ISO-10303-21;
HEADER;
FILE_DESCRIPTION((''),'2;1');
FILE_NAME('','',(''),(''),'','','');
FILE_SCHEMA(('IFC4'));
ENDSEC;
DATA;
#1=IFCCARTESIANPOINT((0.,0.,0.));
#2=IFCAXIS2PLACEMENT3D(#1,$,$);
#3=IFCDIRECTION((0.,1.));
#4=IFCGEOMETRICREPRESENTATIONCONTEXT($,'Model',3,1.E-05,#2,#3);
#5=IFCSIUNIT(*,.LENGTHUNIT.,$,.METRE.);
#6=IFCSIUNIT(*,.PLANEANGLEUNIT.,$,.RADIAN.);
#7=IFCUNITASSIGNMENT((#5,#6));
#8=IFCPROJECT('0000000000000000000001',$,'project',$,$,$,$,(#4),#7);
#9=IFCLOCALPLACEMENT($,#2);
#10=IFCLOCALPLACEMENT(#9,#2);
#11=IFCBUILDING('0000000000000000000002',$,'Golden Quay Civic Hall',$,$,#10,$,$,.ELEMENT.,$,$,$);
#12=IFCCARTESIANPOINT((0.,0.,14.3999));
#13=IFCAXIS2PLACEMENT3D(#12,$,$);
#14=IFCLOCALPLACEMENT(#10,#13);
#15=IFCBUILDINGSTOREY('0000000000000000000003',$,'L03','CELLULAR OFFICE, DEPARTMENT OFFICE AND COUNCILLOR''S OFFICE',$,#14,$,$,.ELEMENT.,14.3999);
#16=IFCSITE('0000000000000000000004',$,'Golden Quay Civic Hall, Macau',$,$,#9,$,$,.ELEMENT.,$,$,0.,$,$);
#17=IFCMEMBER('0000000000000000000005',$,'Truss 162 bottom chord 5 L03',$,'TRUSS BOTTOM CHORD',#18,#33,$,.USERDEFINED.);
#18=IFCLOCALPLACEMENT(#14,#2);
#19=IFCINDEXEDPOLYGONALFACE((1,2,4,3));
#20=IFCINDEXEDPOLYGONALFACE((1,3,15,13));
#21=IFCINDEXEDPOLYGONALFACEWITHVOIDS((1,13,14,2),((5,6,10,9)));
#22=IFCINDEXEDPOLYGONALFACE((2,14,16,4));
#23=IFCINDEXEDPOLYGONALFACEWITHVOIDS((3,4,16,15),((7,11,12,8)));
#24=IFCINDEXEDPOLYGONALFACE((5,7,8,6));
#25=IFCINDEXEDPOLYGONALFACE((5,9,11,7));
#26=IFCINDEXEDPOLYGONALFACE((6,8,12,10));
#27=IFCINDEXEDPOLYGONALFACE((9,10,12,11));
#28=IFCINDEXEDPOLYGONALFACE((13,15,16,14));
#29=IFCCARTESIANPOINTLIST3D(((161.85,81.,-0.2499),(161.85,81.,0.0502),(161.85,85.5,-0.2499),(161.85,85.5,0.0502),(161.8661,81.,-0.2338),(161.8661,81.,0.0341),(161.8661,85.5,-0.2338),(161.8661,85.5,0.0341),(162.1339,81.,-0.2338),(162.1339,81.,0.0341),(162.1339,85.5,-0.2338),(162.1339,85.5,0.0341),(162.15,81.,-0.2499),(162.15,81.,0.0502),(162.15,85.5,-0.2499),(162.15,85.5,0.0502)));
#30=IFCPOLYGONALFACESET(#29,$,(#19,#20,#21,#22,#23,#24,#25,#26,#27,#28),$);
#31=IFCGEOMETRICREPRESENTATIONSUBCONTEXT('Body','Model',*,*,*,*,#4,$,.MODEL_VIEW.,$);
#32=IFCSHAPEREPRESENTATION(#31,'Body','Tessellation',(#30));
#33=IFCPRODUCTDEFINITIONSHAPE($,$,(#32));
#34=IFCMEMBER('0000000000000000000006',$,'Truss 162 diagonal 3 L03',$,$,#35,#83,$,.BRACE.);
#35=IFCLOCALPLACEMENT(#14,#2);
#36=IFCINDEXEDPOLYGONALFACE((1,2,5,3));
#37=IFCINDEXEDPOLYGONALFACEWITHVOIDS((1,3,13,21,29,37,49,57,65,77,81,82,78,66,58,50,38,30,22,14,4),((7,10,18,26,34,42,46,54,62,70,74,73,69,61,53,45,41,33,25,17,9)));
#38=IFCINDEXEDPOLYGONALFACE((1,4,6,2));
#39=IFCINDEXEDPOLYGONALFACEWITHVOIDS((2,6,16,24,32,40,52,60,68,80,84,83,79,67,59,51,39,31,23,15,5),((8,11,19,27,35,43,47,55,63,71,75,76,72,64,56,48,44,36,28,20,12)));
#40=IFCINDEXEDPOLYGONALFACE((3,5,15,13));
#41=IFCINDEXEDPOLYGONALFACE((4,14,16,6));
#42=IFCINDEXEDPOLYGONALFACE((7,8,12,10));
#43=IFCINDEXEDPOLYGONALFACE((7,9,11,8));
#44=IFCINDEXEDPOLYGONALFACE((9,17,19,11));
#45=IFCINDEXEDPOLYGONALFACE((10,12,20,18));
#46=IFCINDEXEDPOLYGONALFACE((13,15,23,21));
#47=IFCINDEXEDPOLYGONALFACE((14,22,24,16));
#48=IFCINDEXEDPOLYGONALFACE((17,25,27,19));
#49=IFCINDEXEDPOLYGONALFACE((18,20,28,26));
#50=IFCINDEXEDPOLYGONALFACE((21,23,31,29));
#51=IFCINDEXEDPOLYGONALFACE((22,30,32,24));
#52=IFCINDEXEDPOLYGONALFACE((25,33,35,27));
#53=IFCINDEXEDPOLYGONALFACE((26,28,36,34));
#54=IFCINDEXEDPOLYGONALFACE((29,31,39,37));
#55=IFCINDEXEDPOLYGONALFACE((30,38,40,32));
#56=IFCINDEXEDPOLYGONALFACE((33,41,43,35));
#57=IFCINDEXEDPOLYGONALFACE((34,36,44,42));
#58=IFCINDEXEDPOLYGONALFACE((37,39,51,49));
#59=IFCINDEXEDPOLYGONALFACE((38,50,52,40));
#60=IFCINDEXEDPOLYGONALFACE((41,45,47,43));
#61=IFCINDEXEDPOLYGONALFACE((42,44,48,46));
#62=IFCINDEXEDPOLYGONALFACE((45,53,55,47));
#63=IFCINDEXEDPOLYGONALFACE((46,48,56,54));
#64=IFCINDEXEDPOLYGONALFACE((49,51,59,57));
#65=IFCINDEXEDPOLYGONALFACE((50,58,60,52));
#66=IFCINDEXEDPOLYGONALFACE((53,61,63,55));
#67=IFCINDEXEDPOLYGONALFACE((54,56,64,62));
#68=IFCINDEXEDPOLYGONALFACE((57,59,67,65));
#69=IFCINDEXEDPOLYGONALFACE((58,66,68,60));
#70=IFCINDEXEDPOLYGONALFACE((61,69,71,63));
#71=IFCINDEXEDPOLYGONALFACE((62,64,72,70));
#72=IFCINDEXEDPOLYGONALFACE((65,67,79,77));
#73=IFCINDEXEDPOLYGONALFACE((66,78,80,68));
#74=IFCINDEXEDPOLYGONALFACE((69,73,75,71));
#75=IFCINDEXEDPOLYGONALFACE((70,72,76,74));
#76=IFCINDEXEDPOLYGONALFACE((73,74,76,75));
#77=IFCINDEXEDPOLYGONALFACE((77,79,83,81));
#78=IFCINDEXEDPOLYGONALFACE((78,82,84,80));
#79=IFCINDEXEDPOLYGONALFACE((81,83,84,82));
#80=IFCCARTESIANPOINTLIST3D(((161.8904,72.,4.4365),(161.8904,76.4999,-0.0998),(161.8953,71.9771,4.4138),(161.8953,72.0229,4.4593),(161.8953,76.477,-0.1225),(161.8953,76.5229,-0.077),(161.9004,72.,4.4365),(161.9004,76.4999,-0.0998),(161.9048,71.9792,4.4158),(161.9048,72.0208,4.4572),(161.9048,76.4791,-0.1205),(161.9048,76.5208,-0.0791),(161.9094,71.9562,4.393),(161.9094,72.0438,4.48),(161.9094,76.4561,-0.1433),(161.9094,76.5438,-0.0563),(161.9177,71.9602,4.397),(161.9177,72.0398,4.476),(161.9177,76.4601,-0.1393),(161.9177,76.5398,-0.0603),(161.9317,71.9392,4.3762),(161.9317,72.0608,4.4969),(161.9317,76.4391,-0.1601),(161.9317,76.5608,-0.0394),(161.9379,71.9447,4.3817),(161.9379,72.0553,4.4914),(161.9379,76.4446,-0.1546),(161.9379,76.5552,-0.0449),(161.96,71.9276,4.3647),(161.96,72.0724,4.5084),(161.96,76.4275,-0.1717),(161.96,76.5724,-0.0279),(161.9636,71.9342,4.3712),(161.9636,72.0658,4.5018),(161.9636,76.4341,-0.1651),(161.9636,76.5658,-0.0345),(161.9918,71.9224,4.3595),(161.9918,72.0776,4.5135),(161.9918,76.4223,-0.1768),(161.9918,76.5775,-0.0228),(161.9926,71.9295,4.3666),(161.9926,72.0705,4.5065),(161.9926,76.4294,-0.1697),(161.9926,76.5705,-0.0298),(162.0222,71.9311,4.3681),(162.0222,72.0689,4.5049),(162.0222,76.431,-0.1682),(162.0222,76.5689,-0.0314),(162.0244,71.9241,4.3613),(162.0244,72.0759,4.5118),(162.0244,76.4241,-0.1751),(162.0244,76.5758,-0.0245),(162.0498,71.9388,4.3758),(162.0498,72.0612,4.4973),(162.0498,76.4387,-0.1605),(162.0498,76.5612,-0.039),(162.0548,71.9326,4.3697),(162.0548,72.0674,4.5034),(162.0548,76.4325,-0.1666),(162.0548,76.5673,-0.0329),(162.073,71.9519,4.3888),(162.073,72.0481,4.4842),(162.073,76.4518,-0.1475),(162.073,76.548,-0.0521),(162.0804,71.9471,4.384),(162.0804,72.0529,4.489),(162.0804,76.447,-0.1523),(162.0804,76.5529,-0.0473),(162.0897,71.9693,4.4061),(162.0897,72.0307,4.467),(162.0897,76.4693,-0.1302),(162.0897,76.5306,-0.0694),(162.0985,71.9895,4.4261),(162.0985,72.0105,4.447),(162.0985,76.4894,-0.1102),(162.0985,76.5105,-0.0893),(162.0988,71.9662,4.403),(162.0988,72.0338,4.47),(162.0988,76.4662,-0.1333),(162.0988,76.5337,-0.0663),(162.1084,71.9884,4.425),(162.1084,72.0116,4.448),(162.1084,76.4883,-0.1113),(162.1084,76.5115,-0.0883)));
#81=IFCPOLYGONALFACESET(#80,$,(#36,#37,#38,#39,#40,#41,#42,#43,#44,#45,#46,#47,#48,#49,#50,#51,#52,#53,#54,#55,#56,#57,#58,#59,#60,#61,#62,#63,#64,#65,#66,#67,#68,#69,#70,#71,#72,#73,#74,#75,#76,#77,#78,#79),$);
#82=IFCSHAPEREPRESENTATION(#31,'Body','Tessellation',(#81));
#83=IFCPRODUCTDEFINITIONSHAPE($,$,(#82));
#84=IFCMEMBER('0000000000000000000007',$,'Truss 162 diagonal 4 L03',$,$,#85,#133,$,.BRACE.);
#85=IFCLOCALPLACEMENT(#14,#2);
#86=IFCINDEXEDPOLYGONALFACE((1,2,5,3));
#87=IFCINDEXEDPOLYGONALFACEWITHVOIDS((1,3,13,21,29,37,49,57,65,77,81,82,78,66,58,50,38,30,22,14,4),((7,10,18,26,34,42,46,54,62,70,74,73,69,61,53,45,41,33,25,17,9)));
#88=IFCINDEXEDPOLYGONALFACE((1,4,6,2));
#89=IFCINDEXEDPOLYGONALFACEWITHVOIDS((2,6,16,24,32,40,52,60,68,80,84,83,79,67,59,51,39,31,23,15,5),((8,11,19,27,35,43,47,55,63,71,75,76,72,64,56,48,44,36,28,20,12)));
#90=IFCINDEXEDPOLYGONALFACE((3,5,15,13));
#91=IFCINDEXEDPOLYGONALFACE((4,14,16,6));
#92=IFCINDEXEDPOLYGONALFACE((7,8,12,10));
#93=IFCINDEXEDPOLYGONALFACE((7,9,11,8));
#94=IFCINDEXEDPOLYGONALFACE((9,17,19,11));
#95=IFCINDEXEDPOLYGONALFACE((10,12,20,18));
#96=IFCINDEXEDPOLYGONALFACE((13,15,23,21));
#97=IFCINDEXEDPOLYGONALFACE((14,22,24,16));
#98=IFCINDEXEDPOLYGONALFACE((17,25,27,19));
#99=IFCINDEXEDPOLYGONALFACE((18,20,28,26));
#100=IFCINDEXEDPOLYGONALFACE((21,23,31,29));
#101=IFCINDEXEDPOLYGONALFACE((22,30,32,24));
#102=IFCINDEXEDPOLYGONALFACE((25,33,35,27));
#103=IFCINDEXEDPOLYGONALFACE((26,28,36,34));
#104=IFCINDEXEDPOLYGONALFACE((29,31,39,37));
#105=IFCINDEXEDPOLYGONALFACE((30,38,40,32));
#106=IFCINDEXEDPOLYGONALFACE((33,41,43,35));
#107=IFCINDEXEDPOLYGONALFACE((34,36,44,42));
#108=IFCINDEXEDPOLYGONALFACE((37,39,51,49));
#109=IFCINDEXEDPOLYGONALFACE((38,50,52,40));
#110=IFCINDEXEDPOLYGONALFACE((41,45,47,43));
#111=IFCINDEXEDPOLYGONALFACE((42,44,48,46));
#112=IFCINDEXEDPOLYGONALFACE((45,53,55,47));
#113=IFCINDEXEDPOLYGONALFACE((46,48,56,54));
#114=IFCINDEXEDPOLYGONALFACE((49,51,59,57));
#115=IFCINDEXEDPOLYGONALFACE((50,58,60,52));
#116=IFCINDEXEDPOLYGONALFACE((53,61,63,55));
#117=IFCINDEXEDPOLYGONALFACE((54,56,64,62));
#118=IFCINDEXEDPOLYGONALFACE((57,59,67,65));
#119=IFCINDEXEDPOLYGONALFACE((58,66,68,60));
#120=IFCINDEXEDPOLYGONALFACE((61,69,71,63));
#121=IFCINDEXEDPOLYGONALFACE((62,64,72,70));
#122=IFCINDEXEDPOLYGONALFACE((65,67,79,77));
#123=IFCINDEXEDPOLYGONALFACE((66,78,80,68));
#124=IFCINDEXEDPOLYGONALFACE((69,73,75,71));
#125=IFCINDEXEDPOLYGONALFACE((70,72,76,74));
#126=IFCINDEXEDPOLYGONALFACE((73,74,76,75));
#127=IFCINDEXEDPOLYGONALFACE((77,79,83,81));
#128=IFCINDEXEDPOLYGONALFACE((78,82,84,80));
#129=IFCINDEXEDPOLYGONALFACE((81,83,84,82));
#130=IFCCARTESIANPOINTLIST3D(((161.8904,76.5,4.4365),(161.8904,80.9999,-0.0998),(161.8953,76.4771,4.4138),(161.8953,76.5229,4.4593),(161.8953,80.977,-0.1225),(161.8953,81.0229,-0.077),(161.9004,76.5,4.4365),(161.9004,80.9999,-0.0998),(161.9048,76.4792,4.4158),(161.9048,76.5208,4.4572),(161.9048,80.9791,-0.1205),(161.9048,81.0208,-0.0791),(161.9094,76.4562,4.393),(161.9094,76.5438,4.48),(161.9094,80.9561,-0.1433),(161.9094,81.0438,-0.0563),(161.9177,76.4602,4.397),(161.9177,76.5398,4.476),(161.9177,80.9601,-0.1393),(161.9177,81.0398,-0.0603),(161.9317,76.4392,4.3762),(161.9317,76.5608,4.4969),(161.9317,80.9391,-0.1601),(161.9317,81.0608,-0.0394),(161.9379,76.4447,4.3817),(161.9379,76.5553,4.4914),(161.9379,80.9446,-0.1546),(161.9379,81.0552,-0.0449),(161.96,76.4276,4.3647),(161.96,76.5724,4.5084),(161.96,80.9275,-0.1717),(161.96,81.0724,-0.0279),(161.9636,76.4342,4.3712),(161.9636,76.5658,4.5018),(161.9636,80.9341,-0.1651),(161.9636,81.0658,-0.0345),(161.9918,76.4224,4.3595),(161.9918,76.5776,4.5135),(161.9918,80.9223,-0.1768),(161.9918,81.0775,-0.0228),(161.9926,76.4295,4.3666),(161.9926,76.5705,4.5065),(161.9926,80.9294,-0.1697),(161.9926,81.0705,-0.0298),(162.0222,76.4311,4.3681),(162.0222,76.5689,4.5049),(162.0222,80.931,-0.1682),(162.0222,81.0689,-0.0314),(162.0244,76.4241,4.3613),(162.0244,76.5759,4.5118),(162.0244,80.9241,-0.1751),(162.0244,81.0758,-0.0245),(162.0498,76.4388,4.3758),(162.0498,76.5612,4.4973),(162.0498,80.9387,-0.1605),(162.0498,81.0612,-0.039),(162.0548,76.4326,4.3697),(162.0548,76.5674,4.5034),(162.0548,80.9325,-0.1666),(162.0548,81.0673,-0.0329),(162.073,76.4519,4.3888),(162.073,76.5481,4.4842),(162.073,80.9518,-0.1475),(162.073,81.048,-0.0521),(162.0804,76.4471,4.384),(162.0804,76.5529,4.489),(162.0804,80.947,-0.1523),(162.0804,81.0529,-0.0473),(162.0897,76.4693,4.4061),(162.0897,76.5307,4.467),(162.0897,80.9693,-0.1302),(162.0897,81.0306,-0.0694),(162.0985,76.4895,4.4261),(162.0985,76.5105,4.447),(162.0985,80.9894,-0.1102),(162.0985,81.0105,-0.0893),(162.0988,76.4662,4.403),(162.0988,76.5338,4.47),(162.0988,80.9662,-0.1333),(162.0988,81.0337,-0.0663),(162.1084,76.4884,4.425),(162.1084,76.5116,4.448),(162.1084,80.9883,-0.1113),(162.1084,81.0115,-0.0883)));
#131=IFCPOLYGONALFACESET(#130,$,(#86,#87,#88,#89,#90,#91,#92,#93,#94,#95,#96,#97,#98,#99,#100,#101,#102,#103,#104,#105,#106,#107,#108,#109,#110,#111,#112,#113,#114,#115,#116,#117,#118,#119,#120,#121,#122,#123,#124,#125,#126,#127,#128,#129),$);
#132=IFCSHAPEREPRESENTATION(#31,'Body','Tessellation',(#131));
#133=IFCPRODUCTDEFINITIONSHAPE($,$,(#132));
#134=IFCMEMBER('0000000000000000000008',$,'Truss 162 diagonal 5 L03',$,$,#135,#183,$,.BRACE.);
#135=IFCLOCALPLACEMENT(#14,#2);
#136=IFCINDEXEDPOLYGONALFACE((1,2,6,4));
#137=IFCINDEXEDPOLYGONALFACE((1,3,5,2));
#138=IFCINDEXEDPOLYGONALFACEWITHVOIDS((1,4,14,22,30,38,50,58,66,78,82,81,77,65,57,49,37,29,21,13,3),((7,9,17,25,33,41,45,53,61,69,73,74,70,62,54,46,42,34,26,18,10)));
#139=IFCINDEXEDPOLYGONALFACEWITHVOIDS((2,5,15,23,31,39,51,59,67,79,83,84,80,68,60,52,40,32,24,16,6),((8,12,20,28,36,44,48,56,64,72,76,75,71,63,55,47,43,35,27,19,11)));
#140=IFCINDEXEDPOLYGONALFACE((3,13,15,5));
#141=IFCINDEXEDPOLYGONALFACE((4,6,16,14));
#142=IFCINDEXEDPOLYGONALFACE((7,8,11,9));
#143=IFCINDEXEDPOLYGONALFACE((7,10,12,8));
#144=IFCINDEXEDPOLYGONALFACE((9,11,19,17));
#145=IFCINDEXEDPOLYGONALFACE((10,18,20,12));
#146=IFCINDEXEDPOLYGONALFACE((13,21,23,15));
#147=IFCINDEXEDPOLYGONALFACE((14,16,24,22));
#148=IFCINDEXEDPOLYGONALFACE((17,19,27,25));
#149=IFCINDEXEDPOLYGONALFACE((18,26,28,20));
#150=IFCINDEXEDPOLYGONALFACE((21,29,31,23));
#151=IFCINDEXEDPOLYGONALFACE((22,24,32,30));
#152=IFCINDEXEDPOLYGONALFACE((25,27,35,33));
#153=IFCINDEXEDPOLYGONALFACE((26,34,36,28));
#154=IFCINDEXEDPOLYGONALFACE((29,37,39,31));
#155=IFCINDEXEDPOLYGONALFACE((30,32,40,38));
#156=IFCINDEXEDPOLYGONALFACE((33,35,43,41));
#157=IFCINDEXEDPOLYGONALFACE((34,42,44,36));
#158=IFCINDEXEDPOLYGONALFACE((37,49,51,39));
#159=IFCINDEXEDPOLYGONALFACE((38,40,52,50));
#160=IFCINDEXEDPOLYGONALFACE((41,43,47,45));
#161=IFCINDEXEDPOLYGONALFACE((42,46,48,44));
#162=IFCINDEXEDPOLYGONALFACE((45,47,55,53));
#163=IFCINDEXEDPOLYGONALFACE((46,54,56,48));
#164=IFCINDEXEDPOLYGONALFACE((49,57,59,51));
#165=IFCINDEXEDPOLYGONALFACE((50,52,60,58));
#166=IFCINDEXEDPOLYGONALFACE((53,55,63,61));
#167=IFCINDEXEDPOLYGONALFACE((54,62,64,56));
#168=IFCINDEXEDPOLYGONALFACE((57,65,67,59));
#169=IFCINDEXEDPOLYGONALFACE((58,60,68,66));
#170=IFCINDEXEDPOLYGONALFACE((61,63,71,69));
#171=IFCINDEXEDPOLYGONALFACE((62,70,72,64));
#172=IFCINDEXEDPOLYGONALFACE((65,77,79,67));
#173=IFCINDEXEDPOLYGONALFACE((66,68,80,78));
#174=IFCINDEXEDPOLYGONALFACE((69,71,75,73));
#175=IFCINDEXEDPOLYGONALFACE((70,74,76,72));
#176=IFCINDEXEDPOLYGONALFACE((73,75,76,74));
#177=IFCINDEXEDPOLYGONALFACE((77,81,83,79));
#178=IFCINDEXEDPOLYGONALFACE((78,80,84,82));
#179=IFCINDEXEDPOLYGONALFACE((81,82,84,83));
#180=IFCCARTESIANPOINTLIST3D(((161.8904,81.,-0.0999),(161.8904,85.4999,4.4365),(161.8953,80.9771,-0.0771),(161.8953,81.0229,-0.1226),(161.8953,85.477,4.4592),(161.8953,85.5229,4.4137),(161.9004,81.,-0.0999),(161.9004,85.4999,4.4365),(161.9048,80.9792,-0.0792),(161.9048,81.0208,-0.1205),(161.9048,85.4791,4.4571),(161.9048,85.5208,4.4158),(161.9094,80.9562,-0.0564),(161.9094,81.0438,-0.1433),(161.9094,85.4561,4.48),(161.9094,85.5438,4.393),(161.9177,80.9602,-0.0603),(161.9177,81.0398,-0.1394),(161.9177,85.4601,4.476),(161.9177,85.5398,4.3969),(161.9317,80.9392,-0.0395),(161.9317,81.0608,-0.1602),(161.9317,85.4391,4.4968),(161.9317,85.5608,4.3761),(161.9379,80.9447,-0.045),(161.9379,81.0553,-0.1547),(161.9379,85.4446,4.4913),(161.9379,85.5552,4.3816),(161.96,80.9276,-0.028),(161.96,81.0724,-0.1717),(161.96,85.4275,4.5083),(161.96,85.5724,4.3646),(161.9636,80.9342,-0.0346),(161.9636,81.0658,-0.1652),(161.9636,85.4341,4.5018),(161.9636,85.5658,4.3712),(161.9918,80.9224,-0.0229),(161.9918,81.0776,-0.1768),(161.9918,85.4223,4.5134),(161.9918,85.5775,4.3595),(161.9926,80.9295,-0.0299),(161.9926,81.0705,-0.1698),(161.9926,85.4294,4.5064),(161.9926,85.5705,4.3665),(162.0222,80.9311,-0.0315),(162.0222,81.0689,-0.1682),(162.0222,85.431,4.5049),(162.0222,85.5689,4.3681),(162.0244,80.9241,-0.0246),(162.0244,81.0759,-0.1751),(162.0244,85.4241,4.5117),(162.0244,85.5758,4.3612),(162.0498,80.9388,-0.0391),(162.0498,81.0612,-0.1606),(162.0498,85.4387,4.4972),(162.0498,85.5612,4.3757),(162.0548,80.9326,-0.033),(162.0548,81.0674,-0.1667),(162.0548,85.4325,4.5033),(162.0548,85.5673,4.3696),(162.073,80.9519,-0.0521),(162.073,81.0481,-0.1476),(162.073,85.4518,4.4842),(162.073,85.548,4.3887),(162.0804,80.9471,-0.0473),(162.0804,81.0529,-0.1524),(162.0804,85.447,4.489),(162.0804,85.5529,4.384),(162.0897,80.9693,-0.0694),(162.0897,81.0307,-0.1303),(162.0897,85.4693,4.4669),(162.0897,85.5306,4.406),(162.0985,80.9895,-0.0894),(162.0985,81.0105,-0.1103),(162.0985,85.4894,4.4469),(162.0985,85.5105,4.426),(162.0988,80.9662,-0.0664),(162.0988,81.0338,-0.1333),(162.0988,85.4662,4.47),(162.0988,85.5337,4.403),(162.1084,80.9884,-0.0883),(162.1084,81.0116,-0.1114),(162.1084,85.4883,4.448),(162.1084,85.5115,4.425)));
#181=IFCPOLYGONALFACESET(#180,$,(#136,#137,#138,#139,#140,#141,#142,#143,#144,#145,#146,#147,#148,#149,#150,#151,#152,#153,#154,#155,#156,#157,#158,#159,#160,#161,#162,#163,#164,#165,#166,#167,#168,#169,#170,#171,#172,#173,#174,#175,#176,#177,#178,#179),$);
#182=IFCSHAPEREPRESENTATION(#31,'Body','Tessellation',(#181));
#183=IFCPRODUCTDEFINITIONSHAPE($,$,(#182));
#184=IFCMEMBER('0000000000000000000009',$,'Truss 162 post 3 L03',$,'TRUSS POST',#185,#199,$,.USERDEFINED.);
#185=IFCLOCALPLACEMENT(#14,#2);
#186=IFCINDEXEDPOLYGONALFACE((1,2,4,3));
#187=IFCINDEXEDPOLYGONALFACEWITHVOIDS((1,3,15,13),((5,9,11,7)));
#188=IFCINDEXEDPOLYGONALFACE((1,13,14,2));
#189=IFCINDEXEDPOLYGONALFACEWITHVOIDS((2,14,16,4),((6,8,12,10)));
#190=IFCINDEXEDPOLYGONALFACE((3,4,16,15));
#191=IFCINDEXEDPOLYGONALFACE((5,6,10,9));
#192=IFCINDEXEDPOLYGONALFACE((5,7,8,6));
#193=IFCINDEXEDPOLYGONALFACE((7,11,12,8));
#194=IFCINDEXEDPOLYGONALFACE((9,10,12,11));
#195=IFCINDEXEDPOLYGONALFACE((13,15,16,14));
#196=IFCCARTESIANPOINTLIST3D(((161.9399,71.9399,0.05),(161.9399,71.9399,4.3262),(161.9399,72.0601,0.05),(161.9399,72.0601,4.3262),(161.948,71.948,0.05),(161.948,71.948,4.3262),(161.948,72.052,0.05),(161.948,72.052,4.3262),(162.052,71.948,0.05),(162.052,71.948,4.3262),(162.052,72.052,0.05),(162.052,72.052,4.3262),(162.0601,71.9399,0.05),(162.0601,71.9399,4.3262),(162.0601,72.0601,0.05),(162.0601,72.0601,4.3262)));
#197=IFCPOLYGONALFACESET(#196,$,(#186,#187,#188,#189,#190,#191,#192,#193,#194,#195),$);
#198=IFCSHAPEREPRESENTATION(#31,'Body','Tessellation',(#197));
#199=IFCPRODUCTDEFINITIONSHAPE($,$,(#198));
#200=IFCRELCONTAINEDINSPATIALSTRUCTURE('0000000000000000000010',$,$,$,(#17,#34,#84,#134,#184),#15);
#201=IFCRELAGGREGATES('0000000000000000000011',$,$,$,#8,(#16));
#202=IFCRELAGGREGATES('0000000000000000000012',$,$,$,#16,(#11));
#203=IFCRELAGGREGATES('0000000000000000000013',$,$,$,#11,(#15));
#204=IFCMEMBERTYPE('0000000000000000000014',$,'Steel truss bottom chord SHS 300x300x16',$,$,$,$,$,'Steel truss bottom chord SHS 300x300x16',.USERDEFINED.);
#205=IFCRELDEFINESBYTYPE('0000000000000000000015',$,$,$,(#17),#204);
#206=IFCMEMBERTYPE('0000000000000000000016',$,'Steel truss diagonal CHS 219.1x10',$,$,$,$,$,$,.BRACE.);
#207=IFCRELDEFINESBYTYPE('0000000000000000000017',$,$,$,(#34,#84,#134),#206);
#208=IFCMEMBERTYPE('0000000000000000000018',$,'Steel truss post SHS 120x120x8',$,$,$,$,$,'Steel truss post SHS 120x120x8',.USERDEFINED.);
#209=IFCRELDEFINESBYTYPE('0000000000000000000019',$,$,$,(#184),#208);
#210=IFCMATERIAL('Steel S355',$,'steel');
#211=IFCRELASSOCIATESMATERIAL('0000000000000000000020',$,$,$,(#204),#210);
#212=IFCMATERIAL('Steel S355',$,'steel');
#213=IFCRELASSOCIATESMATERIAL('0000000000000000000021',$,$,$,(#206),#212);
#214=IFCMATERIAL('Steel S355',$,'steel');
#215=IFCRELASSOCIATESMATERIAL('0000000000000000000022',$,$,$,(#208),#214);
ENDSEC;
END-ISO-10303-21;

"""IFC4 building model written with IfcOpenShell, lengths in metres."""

from ifc_helpers import new_model, si_unit, direction, frame, origin, origin_2d, place, context, subcontext, project, spatial, hollow_rectangle, hollow_circle, extrude, material, material_profile, profile_set, type_object, element, save


model = new_model("IFC4")

# Units and contexts
model_context = context("Model", 3, precision=1e-05, world=origin(), true_north=direction((0.0, 1.0)))
body_context = subcontext(model_context, "Body", "Model", "MODEL_VIEW")
ifc_project = project(units=[si_unit("LENGTHUNIT", "METRE"), si_unit("PLANEANGLEUNIT", "RADIAN")], contexts=[model_context])

# Site, building, storey
site_placement = place(None, origin())
site = spatial("IfcSite", under=ifc_project, at=site_placement, Name="Golden Quay Civic Hall, Macau", CompositionType="ELEMENT", RefElevation=0.0)
building_placement = place(site_placement, origin())
building = spatial("IfcBuilding", under=site, at=building_placement, Name="Golden Quay Civic Hall", CompositionType="ELEMENT")
storey_placement = place(building_placement, frame((0.0, 0.0, 14.3999)))
storey = spatial("IfcBuildingStorey", under=building, at=storey_placement, Name="L03", Description="CELLULAR OFFICE, DEPARTMENT OFFICE AND COUNCILLOR'S OFFICE", CompositionType="ELEMENT", Elevation=14.3999)

# Members
ifc_material_1 = material(Name="Steel S355", Category="steel")
ifc_material_profile_1 = material_profile(ifc_material_1, hollow_rectangle(XDim=0.3, YDim=0.3, WallThickness=0.0161, at=origin_2d()), Name="SHS 300x300x16")
ifc_profile_set_1 = profile_set([ifc_material_profile_1], Name="Steel S355")
member_type_1 = type_object("IfcMemberType", Name="Steel truss bottom chord SHS 300x300x16", ElementType="Steel truss bottom chord SHS 300x300x16", PredefinedType="USERDEFINED", material=ifc_profile_set_1)
for number, where, z_axis, x_axis, name in (
    (1, (162.0, 81.0, -0.0999), (0.0, 1.0, 0.0), (-1.0, 0.0, 0.0), "Truss 162 bottom chord 5 L03"),
):
    element("IfcMember", number, at=place(storey_placement, frame(where, z_axis=z_axis, x_axis=x_axis)), inside=storey, type_object=member_type_1, Name=name, ObjectType="TRUSS BOTTOM CHORD", PredefinedType="USERDEFINED", context=body_context, shape_type="SweptSolid", body=[
        extrude(hollow_rectangle(XDim=0.3, YDim=0.3, WallThickness=0.0161, at=origin_2d()), origin(), (0.0, 0.0, 1.0), 4.5),
    ])
ifc_material_2 = material(Name="Steel S355", Category="steel")
ifc_material_profile_2 = material_profile(ifc_material_2, hollow_circle(Radius=0.1096, WallThickness=0.01, at=origin_2d()), Name="CHS 219.1x10")
ifc_profile_set_2 = profile_set([ifc_material_profile_2], Name="Steel S355")
member_type_2 = type_object("IfcMemberType", Name="Steel truss diagonal CHS 219.1x10", PredefinedType="BRACE", material=ifc_profile_set_2)
for number, where, z_axis, x_axis, name in (
    (2, (162.0, 72.0, 4.4365), (0.0, 0.704255, -0.709948), (-1.0, 0.0, 0.0), "Truss 162 diagonal 3 L03"),
    (3, (162.0, 76.5, 4.4365), (0.0, 0.704255, -0.709948), (-1.0, 0.0, 0.0), "Truss 162 diagonal 4 L03"),
    (4, (162.0, 81.0, -0.0999), (0.0, 0.704255, 0.709948), (-1.0, 0.0, 0.0), "Truss 162 diagonal 5 L03"),
):
    element("IfcMember", number, at=place(storey_placement, frame(where, z_axis=z_axis, x_axis=x_axis)), inside=storey, type_object=member_type_2, Name=name, PredefinedType="BRACE", context=body_context, shape_type="SweptSolid", body=[
        extrude(hollow_circle(Radius=0.1096, WallThickness=0.01, at=origin_2d()), origin(), (0.0, 0.0, 1.0), 6.3896),
    ])
ifc_material_3 = material(Name="Steel S355", Category="steel")
ifc_material_profile_3 = material_profile(ifc_material_3, hollow_rectangle(XDim=0.1201, YDim=0.1201, WallThickness=0.0081, at=origin_2d()), Name="SHS 120x120x8")
ifc_profile_set_3 = profile_set([ifc_material_profile_3], Name="Steel S355")
member_type_3 = type_object("IfcMemberType", Name="Steel truss post SHS 120x120x8", ElementType="Steel truss post SHS 120x120x8", PredefinedType="USERDEFINED", material=ifc_profile_set_3)
for number, where, z_axis, x_axis, name in (
    (5, (162.0, 72.0, 0.05), (0.0, 0.0, 1.0), (1.0, 0.0, 0.0), "Truss 162 post 3 L03"),
):
    element("IfcMember", number, at=place(storey_placement, frame(where, z_axis=z_axis, x_axis=x_axis)), inside=storey, type_object=member_type_3, Name=name, ObjectType="TRUSS POST", PredefinedType="USERDEFINED", context=body_context, shape_type="SweptSolid", body=[
        extrude(hollow_rectangle(XDim=0.1201, YDim=0.1201, WallThickness=0.0081, at=origin_2d()), origin(), (0.0, 0.0, 1.0), 4.2761),
    ])

save(model, "model.ifc")
